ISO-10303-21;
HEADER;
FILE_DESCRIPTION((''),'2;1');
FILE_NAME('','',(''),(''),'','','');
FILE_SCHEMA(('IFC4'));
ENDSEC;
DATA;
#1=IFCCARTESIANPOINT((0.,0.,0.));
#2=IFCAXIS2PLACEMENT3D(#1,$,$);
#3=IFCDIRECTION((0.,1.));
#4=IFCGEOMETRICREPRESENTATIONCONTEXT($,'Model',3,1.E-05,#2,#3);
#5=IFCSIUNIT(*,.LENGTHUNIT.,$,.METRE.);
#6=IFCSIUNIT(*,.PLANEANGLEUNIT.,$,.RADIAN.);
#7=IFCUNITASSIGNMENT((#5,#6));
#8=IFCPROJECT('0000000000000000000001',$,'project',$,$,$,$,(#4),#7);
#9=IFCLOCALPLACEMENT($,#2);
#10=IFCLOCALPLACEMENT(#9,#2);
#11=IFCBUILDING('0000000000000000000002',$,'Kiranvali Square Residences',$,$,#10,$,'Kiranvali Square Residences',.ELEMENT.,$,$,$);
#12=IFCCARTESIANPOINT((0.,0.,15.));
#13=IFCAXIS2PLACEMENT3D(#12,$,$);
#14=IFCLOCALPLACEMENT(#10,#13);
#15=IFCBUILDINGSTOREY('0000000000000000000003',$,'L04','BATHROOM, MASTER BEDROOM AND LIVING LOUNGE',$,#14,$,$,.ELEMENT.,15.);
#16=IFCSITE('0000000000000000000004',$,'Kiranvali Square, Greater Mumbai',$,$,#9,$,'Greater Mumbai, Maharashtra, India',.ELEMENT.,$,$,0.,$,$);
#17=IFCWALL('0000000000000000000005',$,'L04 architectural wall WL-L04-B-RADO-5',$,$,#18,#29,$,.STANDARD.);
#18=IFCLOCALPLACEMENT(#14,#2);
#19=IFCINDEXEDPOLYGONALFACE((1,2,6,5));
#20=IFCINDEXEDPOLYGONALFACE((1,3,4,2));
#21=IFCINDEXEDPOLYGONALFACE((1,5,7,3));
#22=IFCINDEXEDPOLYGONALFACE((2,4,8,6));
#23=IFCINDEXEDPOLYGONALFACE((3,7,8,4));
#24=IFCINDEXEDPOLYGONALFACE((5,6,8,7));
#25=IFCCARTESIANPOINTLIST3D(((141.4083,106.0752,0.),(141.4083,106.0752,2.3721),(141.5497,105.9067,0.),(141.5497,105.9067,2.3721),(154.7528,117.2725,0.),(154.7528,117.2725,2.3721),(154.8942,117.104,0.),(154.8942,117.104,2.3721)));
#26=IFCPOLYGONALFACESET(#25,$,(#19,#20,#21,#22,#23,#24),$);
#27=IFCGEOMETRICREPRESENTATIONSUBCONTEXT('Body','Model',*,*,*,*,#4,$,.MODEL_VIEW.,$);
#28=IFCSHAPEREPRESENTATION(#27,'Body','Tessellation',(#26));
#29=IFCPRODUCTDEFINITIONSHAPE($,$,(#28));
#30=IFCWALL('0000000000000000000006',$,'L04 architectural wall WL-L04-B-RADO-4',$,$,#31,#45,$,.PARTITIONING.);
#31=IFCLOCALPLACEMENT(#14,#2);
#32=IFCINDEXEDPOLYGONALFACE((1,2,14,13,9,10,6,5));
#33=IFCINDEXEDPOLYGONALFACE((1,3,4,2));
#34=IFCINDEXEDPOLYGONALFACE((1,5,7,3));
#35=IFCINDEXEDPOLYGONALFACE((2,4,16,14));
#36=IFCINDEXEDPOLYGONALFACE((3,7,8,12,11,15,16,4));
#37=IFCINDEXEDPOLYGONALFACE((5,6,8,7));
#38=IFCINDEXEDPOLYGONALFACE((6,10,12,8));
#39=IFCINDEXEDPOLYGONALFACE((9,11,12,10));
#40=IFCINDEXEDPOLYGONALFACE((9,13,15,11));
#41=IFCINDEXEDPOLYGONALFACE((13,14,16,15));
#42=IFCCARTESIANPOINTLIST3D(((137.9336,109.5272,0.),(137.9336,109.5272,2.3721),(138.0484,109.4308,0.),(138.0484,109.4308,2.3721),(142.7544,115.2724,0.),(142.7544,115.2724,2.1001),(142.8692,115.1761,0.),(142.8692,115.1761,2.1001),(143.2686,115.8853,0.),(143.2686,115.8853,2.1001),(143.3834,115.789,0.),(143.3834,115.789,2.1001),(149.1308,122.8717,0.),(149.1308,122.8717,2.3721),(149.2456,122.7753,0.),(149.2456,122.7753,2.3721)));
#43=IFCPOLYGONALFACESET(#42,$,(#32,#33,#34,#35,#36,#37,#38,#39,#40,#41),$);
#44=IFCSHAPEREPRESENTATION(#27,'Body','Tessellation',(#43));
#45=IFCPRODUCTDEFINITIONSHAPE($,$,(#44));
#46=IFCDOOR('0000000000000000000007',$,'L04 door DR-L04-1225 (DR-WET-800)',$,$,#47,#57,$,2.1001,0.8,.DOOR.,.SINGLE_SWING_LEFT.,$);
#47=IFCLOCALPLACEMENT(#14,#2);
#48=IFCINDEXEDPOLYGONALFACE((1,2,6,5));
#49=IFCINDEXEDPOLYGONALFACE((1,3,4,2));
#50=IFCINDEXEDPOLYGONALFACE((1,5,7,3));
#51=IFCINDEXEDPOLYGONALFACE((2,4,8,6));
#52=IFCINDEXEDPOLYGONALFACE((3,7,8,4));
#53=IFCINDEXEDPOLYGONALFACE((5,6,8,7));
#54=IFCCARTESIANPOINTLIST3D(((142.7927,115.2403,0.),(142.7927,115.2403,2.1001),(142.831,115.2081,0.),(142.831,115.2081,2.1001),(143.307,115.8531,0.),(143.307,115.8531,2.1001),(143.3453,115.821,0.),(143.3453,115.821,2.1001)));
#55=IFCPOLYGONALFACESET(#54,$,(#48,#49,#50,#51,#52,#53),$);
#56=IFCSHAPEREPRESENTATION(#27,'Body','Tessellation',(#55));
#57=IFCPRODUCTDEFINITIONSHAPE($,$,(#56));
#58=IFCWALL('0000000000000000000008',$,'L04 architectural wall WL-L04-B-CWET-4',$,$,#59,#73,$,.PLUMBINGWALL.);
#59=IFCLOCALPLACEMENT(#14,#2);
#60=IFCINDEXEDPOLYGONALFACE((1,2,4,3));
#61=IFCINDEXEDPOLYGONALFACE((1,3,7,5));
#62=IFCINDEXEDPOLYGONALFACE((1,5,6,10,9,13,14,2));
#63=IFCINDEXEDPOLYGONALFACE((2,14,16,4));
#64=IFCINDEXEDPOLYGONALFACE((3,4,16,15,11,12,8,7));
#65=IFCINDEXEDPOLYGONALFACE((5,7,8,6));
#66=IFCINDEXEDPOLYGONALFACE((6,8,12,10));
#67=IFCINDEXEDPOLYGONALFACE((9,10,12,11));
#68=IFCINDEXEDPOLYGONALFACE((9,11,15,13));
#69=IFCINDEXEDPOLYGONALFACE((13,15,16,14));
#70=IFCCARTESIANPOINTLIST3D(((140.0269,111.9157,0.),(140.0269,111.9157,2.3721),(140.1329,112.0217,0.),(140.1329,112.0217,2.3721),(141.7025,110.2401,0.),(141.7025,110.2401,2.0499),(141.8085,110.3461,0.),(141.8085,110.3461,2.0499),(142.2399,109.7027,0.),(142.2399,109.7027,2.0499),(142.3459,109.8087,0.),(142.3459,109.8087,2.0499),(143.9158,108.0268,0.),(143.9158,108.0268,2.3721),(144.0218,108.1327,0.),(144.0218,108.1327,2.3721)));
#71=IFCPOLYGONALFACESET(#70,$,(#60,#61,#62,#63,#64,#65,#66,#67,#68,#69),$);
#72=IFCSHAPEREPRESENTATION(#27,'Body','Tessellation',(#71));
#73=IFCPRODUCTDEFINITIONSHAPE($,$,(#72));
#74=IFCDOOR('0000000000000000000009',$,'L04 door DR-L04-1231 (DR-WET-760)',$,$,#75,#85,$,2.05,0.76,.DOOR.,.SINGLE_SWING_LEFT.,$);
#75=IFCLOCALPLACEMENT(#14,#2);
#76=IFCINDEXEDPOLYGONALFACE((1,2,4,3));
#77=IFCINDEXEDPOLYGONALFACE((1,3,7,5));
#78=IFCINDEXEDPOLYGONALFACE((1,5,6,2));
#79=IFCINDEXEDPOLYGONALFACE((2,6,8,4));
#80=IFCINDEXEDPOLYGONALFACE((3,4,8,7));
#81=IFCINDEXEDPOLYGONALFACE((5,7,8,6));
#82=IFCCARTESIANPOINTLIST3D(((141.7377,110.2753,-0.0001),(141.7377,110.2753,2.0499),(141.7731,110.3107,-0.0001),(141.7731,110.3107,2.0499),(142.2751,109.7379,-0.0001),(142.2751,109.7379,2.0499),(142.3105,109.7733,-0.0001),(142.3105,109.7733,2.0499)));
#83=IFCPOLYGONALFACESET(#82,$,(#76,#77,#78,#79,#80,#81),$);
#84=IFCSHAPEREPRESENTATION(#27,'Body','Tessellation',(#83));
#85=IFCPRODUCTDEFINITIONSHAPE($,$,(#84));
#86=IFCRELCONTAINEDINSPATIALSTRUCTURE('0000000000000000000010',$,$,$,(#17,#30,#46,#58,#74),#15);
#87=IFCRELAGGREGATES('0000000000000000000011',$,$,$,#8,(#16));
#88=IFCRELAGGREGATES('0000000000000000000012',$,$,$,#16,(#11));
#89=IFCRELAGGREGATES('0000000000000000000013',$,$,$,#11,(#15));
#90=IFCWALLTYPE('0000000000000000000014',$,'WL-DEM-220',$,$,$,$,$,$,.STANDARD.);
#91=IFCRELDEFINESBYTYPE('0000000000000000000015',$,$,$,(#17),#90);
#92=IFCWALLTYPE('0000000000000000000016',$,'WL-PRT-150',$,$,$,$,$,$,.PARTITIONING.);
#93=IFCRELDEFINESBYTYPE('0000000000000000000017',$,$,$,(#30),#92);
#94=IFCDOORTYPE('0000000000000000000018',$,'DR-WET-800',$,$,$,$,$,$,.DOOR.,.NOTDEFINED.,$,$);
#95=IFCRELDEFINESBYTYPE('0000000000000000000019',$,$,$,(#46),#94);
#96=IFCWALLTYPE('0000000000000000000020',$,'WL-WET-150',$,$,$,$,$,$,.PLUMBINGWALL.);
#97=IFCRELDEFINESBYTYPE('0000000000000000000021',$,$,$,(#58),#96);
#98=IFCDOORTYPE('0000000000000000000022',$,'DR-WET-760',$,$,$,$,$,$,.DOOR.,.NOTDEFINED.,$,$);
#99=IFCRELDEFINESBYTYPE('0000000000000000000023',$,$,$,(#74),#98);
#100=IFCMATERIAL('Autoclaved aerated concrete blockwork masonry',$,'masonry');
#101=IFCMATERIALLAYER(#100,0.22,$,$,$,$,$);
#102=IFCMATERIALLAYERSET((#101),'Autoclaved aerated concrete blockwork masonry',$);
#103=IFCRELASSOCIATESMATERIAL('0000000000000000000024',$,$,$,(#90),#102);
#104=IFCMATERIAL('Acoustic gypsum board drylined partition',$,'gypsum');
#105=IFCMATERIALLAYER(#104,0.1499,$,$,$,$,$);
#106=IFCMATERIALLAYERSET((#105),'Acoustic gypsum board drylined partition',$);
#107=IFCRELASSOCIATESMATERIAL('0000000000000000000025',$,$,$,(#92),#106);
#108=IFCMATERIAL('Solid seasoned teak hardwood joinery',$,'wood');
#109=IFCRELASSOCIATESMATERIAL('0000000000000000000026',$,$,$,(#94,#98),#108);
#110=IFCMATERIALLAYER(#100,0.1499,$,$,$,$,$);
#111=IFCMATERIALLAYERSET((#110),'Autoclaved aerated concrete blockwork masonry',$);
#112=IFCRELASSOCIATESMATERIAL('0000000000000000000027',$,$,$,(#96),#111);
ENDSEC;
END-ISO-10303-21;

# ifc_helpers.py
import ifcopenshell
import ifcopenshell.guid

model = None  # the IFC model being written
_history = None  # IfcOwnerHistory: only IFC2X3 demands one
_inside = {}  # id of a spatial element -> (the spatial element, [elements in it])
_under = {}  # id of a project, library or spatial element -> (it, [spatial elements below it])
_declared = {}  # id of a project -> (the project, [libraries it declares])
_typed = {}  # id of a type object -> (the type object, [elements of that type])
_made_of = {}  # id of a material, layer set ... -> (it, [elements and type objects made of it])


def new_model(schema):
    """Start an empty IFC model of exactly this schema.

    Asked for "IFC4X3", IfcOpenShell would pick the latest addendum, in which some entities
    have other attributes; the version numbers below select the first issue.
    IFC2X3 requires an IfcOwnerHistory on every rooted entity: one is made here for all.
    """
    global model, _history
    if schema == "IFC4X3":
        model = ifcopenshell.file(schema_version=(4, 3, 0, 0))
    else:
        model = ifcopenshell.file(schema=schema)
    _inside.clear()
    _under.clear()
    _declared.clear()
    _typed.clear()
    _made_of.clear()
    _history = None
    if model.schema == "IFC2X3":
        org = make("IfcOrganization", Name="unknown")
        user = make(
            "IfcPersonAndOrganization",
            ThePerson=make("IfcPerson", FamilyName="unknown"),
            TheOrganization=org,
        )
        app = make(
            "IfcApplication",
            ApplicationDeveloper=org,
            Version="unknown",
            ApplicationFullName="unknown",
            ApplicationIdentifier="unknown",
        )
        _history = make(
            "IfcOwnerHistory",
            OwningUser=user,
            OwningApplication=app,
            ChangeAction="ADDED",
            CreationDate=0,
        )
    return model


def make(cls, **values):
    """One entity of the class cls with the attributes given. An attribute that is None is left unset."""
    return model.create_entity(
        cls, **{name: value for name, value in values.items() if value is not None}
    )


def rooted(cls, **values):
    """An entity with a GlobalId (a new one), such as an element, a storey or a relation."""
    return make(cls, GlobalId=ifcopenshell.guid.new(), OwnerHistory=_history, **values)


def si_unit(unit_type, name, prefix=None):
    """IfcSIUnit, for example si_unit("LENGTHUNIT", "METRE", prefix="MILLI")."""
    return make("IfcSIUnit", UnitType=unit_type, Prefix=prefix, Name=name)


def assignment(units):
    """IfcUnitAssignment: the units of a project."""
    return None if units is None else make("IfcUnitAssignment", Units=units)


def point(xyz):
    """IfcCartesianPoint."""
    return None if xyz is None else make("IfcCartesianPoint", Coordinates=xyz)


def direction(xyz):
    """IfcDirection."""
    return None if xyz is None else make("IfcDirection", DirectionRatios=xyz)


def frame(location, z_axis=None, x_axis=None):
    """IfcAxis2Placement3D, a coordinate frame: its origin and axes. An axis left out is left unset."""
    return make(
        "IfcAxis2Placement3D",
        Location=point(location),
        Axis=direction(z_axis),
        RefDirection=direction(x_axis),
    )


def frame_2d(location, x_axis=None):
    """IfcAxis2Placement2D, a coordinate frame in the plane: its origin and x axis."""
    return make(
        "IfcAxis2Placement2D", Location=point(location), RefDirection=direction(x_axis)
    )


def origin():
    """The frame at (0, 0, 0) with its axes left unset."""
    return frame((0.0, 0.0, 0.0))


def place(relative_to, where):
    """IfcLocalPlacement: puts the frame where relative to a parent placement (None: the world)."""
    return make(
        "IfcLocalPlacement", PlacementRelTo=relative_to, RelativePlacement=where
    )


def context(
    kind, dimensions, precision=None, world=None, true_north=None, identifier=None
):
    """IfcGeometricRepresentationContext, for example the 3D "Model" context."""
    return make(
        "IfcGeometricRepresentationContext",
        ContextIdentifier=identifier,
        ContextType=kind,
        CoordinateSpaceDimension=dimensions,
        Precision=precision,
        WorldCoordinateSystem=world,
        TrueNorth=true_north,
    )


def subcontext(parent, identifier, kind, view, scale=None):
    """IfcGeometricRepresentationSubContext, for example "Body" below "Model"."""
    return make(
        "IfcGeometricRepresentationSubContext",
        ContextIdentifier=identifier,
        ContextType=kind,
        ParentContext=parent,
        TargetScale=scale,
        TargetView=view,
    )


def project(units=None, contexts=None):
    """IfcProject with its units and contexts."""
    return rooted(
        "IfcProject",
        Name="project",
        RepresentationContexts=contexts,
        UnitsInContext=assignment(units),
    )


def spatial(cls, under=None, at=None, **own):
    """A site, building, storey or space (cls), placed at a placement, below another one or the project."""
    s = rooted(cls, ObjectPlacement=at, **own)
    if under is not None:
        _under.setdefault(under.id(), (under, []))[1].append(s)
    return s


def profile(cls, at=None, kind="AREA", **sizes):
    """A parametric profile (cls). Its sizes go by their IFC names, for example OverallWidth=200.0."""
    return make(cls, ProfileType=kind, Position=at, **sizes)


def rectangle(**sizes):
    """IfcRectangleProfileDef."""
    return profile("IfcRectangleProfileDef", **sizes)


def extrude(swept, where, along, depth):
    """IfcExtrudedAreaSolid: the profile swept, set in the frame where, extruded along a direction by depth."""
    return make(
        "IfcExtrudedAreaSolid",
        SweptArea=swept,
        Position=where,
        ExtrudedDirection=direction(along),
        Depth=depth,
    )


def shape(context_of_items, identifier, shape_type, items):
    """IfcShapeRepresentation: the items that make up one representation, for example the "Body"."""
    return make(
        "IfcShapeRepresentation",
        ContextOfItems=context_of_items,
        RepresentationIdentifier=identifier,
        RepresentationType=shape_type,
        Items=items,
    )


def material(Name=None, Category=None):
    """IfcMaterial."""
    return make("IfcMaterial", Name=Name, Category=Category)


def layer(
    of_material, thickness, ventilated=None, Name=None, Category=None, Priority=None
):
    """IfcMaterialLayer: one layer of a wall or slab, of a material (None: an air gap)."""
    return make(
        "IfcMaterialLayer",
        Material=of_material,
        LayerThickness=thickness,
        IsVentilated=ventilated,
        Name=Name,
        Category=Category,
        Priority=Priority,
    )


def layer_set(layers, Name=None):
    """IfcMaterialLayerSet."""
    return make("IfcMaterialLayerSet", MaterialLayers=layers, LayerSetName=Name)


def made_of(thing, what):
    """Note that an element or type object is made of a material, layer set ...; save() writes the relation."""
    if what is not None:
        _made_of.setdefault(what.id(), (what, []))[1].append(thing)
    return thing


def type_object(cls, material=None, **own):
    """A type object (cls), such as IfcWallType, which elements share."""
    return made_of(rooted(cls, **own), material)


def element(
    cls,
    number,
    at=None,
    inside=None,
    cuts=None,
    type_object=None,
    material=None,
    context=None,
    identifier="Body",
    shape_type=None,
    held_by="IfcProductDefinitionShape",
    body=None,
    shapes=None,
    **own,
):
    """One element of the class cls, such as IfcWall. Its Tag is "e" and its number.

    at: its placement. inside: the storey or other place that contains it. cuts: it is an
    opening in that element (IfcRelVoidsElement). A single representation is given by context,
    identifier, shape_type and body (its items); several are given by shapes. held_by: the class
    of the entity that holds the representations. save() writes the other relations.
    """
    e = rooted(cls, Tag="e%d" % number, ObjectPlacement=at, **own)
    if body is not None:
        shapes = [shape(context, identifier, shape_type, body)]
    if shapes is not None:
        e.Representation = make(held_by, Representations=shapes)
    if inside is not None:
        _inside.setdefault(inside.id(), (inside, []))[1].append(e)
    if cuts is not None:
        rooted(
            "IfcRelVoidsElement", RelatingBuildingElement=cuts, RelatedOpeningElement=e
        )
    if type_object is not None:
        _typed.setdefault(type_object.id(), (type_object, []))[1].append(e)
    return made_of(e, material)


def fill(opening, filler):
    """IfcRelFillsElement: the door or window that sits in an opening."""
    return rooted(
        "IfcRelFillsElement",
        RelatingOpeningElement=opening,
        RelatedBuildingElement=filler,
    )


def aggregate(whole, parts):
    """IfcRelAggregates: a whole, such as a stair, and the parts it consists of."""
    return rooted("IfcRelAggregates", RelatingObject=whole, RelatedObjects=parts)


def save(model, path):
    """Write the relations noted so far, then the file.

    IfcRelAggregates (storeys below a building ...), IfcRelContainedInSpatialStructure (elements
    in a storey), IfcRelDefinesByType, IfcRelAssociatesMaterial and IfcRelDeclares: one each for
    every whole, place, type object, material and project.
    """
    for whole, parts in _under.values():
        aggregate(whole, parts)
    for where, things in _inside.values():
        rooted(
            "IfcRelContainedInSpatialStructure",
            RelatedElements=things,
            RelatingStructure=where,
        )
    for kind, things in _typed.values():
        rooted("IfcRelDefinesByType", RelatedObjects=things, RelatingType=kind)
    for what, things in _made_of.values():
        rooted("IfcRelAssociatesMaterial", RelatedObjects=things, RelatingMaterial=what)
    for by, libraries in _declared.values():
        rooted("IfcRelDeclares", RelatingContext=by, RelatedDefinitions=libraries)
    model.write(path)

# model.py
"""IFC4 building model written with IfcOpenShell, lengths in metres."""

from ifc_helpers import new_model, si_unit, direction, frame, frame_2d, origin, place, context, subcontext, project, spatial, rectangle, extrude, material, layer, layer_set, type_object, element, fill, save


model = new_model("IFC4")

# Units and contexts
model_context = context("Model", 3, precision=1e-05, world=origin(), true_north=direction((0.0, 1.0)))
body_context = subcontext(model_context, "Body", "Model", "MODEL_VIEW")
ifc_project = project(units=[si_unit("LENGTHUNIT", "METRE"), si_unit("PLANEANGLEUNIT", "RADIAN")], contexts=[model_context])

# Site, building, storey
site_placement = place(None, origin())
site = spatial("IfcSite", under=ifc_project, at=site_placement, Name="Kiranvali Square, Greater Mumbai", LongName="Greater Mumbai, Maharashtra, India", CompositionType="ELEMENT", RefElevation=0.0)
building_placement = place(site_placement, origin())
building = spatial("IfcBuilding", under=site, at=building_placement, Name="Kiranvali Square Residences", LongName="Kiranvali Square Residences", CompositionType="ELEMENT")
storey_placement = place(building_placement, frame((0.0, 0.0, 15.0)))
storey = spatial("IfcBuildingStorey", under=building, at=storey_placement, Name="L04", Description="BATHROOM, MASTER BEDROOM AND LIVING LOUNGE", CompositionType="ELEMENT", Elevation=15.0)

# Shared definitions
ifc_material_1 = material(Name="Autoclaved aerated concrete blockwork masonry", Category="masonry")

# Wall
ifc_layer_1 = layer(ifc_material_1, 0.22)
ifc_layer_set_1 = layer_set([ifc_layer_1], Name="Autoclaved aerated concrete blockwork masonry")
wall_type_1 = type_object("IfcWallType", Name="WL-DEM-220", PredefinedType="STANDARD", material=ifc_layer_set_1)
wall_1_placement = place(storey_placement, frame((141.479, 105.991, 0.0), z_axis=(0.0, 0.0, 1.0), x_axis=(0.766047, 0.642785, 0.0)))
element("IfcWall", 1, at=wall_1_placement, inside=storey, type_object=wall_type_1, Name="L04 architectural wall WL-L04-B-RADO-5", PredefinedType="STANDARD", context=body_context, shape_type="SweptSolid", body=[
    extrude(rectangle(XDim=17.4199, YDim=0.22, at=frame_2d((8.71, 0.0))), origin(), (0.0, 0.0, 1.0), 2.3721),
])

# Walls, openings, doors
ifc_material_2 = material(Name="Acoustic gypsum board drylined partition", Category="gypsum")
ifc_layer_2 = layer(ifc_material_2, 0.1499)
ifc_layer_set_2 = layer_set([ifc_layer_2], Name="Acoustic gypsum board drylined partition")
wall_type_2 = type_object("IfcWallType", Name="WL-PRT-150", PredefinedType="PARTITIONING", material=ifc_layer_set_2)
wall_2_placement = place(storey_placement, frame((137.991, 109.479, 0.0), z_axis=(0.0, 0.0, 1.0), x_axis=(0.642785, 0.766047, 0.0)))
wall_2 = element("IfcWall", 2, at=wall_2_placement, inside=storey, type_object=wall_type_2, Name="L04 architectural wall WL-L04-B-RADO-4", PredefinedType="PARTITIONING", context=body_context, shape_type="SweptSolid", body=[
    extrude(rectangle(XDim=17.4199, YDim=0.1499, at=frame_2d((8.71, 0.0))), origin(), (0.0, 0.0, 1.0), 2.3721),
])
opening_1_placement = place(wall_2_placement, frame((7.5, 0.0, 0.0)))
opening_1 = element("IfcOpeningElement", 3, at=opening_1_placement, cuts=wall_2, PredefinedType="OPENING", context=body_context, shape_type="SweptSolid", body=[
    extrude(rectangle(XDim=0.8, YDim=2.1001, at=frame_2d((0.3999, 1.05))), frame((0.0, 0.085, 0.0), z_axis=(0.0, -1.0, 0.0), x_axis=(1.0, 0.0, 0.0)), (0.0, 0.0, 1.0), 0.1699),
])
ifc_material_3 = material(Name="Solid seasoned teak hardwood joinery", Category="wood")
door_type_1 = type_object("IfcDoorType", Name="DR-WET-800", OperationType="NOTDEFINED", PredefinedType="DOOR", material=ifc_material_3)
door_1_placement = place(opening_1_placement, origin())
door_1 = element("IfcDoor", 4, at=door_1_placement, inside=storey, type_object=door_type_1, Name="L04 door DR-L04-1225 (DR-WET-800)", OperationType="SINGLE_SWING_LEFT", OverallHeight=2.1001, OverallWidth=0.8, PredefinedType="DOOR", context=body_context, shape_type="SweptSolid", body=[
    extrude(rectangle(XDim=0.8, YDim=2.1001, at=frame_2d((0.3999, 1.05))), frame((0.0, 0.0249, 0.0), z_axis=(0.0, -1.0, 0.0), x_axis=(1.0, 0.0, 0.0)), (0.0, 0.0, 1.0), 0.05),
])
fill(opening_1, door_1)
ifc_layer_3 = layer(ifc_material_1, 0.1499)
ifc_layer_set_3 = layer_set([ifc_layer_3], Name="Autoclaved aerated concrete blockwork masonry")
wall_type_3 = type_object("IfcWallType", Name="WL-WET-150", PredefinedType="PLUMBINGWALL", material=ifc_layer_set_3)
wall_3_placement = place(storey_placement, frame((140.0798, 111.9688, 0.0), z_axis=(0.0, 0.0, 1.0), x_axis=(0.707107, -0.707107, 0.0)))
wall_3 = element("IfcWall", 5, at=wall_3_placement, inside=storey, type_object=wall_type_3, Name="L04 architectural wall WL-L04-B-CWET-4", PredefinedType="PLUMBINGWALL", context=body_context, shape_type="SweptSolid", body=[
    extrude(rectangle(XDim=5.4998, YDim=0.1499, at=frame_2d((2.75, 0.0))), origin(), (0.0, 0.0, 1.0), 2.3721),
])
opening_2_placement = place(wall_3_placement, frame((2.3699, 0.0, 0.0)))
opening_2 = element("IfcOpeningElement", 6, at=opening_2_placement, cuts=wall_3, PredefinedType="OPENING", context=body_context, shape_type="SweptSolid", body=[
    extrude(rectangle(XDim=0.76, YDim=2.05, at=frame_2d((0.3799, 1.0249))), frame((0.0, 0.085, 0.0), z_axis=(0.0, -1.0, 0.0), x_axis=(1.0, 0.0, 0.0)), (0.0, 0.0, 1.0), 0.1699),
])
door_type_2 = type_object("IfcDoorType", Name="DR-WET-760", OperationType="NOTDEFINED", PredefinedType="DOOR", material=ifc_material_3)
door_2_placement = place(opening_2_placement, origin())
door_2 = element("IfcDoor", 7, at=door_2_placement, inside=storey, type_object=door_type_2, Name="L04 door DR-L04-1231 (DR-WET-760)", OperationType="SINGLE_SWING_LEFT", OverallHeight=2.05, OverallWidth=0.76, PredefinedType="DOOR", context=body_context, shape_type="SweptSolid", body=[
    extrude(rectangle(XDim=0.76, YDim=2.05, at=frame_2d((0.3799, 1.0249))), frame((0.0, 0.0249, 0.0), z_axis=(0.0, -1.0, 0.0), x_axis=(1.0, 0.0, 0.0)), (0.0, 0.0, 1.0), 0.05),
])
fill(opening_2, door_2)

save(model, "model.ifc")
